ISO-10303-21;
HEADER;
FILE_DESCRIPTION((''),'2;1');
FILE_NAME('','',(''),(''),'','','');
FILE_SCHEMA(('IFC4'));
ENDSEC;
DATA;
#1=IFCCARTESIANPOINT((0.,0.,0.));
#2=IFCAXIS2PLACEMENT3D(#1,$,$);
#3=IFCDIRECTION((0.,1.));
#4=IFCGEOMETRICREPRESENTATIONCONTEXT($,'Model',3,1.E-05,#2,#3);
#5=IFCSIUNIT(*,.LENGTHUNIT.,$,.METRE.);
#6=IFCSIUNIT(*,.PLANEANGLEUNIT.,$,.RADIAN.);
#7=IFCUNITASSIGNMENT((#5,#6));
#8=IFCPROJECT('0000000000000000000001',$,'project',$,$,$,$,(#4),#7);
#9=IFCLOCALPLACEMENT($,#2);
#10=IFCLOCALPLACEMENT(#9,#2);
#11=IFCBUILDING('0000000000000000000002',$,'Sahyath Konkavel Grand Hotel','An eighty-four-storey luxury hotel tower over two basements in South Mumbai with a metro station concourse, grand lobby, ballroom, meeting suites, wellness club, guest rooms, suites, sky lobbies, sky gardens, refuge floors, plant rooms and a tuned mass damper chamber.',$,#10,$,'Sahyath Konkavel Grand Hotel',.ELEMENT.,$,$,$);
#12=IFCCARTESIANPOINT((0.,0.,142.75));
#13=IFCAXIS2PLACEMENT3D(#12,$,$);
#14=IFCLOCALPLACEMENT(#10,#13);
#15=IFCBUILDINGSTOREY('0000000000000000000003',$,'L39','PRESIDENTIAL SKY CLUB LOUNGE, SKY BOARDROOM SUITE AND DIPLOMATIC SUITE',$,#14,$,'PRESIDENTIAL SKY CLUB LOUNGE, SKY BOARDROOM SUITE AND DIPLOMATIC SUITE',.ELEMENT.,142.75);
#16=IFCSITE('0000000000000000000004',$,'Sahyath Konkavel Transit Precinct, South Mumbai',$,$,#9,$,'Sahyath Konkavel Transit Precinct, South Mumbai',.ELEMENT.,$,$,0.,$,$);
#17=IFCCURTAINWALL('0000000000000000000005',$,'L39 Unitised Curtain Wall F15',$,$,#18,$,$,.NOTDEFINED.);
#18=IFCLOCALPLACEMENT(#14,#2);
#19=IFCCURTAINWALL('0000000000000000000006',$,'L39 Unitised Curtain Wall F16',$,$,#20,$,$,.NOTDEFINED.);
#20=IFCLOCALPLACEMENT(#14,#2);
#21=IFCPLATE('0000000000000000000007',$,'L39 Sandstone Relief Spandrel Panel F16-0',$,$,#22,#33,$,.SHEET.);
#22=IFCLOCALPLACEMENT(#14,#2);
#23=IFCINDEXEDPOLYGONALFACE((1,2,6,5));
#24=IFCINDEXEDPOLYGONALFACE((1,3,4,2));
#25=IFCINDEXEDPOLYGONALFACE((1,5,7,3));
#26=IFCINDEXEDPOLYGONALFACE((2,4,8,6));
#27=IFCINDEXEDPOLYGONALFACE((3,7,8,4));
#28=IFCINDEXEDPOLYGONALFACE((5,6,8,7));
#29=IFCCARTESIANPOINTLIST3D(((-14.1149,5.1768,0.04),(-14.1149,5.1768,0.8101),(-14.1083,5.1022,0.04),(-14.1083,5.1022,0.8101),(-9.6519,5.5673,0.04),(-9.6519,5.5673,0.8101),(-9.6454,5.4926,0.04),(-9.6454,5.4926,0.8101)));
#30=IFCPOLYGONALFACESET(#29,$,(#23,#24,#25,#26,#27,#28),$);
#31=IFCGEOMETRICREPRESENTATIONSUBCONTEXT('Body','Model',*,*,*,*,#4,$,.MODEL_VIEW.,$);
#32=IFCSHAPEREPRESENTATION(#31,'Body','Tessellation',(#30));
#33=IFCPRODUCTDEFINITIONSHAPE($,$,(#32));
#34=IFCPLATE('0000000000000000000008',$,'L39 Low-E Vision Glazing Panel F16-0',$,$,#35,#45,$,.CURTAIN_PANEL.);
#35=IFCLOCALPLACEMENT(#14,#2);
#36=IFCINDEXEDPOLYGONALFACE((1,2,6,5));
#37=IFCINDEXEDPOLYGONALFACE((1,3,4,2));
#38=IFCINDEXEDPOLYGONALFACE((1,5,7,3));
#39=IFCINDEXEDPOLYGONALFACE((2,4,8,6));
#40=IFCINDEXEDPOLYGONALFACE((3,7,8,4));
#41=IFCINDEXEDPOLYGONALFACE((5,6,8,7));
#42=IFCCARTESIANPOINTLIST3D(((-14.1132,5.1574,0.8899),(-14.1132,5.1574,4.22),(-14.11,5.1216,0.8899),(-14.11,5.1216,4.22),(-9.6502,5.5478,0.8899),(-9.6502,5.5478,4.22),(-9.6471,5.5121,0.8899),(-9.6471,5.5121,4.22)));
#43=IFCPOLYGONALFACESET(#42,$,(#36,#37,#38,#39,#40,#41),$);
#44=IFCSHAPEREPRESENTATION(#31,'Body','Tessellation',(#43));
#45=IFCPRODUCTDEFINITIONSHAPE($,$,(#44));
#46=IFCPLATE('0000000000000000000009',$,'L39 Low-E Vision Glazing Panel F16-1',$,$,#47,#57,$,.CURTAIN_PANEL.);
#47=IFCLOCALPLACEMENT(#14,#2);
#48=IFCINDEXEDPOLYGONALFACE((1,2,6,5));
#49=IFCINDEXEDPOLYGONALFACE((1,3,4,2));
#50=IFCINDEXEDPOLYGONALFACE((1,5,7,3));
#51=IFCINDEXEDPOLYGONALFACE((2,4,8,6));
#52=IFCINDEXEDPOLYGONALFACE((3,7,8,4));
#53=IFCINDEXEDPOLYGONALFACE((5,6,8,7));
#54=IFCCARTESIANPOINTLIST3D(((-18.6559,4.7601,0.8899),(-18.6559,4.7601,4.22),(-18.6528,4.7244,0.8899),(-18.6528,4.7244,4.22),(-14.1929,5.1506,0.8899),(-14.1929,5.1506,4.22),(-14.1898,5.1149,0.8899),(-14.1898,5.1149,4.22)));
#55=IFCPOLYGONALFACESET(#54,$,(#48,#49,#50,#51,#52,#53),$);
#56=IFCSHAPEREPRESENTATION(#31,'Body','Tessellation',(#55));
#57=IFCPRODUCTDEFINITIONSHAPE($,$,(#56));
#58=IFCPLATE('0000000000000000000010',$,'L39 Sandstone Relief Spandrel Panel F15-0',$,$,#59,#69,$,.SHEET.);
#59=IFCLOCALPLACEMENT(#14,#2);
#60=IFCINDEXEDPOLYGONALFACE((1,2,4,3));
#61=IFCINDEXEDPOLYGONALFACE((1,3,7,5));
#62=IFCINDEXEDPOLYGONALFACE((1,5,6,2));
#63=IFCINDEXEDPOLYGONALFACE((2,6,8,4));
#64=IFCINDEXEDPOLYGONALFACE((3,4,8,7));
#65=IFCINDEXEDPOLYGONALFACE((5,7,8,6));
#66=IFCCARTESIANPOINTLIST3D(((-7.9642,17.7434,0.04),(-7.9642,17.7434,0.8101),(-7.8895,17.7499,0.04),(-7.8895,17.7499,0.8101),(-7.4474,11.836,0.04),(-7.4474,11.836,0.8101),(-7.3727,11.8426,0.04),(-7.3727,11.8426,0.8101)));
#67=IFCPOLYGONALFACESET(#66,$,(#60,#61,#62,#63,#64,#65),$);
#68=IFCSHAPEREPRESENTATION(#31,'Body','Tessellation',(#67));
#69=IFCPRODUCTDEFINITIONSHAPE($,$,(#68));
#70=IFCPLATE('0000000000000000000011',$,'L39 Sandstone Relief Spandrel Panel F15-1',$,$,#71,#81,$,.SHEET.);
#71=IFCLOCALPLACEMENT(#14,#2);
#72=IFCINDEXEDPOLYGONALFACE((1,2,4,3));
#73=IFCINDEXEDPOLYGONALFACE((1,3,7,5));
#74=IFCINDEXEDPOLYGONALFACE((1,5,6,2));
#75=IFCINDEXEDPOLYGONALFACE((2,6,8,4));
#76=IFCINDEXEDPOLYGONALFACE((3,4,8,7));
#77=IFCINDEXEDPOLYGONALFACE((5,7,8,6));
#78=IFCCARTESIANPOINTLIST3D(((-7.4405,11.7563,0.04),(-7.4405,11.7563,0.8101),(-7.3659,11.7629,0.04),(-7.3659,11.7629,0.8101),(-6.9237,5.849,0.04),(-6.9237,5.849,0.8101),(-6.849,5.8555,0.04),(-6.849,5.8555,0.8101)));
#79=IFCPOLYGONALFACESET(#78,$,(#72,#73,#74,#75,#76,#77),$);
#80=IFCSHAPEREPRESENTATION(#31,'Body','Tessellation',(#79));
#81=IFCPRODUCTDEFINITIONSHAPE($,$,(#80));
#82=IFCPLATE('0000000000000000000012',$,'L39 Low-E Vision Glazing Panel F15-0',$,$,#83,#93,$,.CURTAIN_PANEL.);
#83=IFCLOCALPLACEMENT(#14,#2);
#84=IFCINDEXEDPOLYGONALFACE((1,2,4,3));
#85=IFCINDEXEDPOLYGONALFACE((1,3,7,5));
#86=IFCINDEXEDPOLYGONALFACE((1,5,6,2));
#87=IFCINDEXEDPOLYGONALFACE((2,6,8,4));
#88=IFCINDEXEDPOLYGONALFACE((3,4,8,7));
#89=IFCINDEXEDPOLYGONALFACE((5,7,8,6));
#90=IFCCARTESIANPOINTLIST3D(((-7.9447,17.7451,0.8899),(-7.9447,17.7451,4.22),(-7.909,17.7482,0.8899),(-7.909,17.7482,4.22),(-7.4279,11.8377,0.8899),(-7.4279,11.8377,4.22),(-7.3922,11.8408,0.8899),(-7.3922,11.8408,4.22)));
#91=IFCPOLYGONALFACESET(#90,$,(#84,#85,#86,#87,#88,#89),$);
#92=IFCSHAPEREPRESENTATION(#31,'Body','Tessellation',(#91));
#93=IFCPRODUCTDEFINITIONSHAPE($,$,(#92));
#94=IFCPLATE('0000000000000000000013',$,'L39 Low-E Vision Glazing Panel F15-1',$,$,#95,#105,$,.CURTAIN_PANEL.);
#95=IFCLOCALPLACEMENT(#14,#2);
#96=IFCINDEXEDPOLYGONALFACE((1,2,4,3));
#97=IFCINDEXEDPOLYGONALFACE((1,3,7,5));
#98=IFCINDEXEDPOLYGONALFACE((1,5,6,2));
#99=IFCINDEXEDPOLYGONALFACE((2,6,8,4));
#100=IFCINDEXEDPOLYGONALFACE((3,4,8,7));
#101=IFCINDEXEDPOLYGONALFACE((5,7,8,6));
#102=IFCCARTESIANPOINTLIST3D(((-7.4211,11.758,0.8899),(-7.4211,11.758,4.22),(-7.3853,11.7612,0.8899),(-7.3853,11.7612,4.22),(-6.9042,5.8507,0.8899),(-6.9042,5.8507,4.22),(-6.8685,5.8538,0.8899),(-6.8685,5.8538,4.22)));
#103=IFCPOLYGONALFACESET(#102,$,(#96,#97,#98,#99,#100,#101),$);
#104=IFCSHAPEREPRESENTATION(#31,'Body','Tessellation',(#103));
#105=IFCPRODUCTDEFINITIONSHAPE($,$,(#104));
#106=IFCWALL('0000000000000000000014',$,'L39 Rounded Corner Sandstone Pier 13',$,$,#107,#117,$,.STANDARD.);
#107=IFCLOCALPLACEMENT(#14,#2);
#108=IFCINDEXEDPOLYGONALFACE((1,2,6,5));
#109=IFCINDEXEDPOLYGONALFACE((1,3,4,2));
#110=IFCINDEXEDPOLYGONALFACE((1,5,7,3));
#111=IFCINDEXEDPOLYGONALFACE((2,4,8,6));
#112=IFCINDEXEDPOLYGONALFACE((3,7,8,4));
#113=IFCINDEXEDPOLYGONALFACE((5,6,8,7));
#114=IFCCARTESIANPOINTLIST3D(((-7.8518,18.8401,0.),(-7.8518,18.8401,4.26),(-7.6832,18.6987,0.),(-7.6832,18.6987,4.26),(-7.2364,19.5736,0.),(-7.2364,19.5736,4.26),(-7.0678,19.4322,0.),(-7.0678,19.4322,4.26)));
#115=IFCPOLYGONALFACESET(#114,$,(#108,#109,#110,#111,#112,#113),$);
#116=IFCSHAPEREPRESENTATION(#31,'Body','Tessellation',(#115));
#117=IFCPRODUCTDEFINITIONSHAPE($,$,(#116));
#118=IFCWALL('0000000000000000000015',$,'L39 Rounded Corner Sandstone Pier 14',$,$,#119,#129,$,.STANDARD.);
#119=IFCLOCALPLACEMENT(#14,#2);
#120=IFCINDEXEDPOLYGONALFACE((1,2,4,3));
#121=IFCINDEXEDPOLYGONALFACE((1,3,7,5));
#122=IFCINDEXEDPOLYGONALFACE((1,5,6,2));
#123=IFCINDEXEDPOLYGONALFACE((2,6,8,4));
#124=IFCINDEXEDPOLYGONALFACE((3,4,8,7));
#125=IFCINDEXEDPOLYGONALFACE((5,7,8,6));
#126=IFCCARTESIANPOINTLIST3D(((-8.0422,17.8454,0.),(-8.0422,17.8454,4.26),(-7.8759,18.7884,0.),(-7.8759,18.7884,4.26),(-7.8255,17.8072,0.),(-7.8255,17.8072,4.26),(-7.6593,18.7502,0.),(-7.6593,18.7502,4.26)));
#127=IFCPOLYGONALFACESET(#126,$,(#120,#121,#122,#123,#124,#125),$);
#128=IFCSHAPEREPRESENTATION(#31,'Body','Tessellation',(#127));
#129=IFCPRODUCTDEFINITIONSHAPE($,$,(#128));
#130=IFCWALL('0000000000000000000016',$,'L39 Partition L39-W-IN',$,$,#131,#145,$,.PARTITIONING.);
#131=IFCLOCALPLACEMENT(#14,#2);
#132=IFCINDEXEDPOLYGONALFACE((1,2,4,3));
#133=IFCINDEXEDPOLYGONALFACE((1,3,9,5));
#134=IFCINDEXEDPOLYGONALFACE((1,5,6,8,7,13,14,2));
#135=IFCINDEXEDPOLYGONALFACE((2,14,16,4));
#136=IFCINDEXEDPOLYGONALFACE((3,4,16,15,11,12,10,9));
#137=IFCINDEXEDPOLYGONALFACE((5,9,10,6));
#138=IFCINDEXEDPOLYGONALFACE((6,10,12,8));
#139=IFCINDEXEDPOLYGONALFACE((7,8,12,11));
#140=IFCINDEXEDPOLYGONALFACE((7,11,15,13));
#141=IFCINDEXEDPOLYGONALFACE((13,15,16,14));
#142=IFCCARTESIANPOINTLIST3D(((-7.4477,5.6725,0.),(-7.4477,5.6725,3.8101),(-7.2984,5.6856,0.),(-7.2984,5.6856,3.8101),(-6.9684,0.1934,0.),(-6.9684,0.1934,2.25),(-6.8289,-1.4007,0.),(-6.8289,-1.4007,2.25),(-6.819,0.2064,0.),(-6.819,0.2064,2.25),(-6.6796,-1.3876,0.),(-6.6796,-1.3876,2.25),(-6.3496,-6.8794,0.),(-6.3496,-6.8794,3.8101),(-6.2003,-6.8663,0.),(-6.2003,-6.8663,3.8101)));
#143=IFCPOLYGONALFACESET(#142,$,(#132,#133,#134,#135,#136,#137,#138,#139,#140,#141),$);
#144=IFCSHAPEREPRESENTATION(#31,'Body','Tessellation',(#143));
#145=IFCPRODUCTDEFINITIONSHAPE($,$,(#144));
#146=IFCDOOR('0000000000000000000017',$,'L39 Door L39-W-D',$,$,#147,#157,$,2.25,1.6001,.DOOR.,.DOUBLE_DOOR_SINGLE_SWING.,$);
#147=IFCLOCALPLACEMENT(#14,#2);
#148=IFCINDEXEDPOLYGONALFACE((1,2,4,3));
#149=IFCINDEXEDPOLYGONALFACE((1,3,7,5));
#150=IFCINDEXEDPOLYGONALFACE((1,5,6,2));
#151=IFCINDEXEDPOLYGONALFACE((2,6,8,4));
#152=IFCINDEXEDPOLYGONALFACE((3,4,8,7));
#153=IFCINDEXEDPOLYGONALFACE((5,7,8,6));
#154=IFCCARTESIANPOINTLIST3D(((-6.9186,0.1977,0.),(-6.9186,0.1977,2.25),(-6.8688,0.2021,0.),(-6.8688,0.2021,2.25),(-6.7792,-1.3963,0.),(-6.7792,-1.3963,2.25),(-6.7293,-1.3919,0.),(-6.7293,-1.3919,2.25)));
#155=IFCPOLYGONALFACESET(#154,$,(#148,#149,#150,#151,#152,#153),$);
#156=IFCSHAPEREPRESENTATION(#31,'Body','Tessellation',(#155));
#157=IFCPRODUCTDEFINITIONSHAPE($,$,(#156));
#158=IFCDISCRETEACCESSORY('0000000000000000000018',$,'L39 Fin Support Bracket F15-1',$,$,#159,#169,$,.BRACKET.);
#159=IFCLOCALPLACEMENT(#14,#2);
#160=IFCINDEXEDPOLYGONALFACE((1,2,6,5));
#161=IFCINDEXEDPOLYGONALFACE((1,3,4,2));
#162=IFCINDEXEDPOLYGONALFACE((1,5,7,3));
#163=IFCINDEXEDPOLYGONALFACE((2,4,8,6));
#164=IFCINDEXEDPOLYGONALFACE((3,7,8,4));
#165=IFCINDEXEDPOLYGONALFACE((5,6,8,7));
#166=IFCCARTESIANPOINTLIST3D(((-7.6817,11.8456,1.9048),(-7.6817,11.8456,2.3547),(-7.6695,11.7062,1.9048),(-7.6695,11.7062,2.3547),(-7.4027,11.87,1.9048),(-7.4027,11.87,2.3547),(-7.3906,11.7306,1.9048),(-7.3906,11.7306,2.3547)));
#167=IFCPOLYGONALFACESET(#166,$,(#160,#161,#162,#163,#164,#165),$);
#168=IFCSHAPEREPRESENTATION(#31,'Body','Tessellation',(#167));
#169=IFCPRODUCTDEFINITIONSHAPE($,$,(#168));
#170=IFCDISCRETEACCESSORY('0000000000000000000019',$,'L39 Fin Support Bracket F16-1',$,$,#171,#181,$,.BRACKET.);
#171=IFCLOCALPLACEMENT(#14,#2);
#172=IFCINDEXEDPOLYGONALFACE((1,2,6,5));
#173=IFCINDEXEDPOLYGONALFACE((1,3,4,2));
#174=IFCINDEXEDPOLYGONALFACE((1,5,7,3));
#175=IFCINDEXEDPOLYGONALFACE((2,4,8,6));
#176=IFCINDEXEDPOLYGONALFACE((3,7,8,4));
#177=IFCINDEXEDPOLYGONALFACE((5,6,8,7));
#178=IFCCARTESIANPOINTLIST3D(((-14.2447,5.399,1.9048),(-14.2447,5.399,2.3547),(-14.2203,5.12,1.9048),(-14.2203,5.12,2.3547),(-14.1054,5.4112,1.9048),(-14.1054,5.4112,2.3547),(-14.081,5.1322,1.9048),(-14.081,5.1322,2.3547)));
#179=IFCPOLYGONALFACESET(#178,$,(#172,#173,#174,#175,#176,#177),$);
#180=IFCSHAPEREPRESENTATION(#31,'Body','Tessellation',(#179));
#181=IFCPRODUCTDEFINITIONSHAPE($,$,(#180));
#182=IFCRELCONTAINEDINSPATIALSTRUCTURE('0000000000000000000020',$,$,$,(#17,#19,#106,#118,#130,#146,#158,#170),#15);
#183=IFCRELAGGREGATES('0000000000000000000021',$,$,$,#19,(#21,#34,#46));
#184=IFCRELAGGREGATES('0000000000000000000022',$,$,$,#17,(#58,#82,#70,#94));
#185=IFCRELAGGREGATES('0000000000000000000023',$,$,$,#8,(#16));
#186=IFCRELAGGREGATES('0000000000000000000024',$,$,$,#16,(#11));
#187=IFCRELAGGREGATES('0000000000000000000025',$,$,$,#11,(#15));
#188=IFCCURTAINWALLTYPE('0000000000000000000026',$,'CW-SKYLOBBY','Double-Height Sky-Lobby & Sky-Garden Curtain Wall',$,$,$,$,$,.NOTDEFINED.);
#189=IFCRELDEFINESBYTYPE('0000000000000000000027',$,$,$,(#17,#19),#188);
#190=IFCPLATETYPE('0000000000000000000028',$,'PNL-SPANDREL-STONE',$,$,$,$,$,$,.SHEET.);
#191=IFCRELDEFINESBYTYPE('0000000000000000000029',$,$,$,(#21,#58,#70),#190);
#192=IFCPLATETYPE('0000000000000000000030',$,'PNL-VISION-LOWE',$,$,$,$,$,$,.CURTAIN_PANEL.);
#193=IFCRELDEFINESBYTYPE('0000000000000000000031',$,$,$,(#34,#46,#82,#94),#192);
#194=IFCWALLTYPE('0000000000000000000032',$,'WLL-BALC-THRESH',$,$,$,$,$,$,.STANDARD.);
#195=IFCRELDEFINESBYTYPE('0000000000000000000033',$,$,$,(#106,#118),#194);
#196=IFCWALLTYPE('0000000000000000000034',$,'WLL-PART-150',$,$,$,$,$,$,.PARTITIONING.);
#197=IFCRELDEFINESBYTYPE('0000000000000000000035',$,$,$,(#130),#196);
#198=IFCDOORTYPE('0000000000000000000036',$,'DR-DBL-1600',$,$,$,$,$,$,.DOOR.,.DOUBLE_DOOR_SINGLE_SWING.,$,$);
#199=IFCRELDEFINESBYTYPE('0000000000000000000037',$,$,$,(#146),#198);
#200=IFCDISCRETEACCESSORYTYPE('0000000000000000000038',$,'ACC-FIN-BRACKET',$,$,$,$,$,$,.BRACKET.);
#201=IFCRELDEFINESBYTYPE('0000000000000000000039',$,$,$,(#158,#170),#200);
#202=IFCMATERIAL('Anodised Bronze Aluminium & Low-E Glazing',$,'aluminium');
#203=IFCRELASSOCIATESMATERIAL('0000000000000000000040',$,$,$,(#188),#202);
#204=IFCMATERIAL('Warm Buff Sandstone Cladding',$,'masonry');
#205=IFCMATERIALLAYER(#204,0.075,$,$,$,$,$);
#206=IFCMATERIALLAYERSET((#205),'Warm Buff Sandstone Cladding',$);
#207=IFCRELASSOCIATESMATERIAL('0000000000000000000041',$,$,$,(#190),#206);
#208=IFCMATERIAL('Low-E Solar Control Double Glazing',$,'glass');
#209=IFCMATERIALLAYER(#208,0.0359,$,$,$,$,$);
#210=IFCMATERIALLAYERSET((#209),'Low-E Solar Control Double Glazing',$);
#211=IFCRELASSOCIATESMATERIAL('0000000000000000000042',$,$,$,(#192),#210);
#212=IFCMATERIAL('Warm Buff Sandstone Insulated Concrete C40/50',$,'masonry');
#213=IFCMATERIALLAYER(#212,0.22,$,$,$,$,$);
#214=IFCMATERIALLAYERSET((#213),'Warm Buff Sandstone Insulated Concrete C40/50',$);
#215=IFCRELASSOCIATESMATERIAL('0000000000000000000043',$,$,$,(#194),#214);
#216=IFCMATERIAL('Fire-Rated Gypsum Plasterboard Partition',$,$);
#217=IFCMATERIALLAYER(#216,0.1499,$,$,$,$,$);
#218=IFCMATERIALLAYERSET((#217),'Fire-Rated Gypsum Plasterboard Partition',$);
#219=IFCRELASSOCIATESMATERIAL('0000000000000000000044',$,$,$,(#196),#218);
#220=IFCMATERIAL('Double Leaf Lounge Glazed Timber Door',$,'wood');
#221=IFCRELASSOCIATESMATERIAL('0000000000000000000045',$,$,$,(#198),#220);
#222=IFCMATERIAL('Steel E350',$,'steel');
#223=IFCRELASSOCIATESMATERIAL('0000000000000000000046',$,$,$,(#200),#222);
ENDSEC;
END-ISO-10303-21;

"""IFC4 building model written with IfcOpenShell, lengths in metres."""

from ifc_helpers import new_model, si_unit, direction, frame, frame_2d, origin, origin_2d, place, context, subcontext, project, spatial, rectangle, extrude, source, transform, mapped, material, layer, layer_set, type_object, element, fill, aggregate, save


model = new_model("IFC4")

# Units and contexts
model_context = context("Model", 3, precision=1e-05, world=origin(), true_north=direction((0.0, 1.0)))
body_context = subcontext(model_context, "Body", "Model", "MODEL_VIEW")
ifc_project = project(units=[si_unit("LENGTHUNIT", "METRE"), si_unit("PLANEANGLEUNIT", "RADIAN")], contexts=[model_context])

# Site, building, storey
site_placement = place(None, origin())
site = spatial("IfcSite", under=ifc_project, at=site_placement, Name="Sahyath Konkavel Transit Precinct, South Mumbai", LongName="Sahyath Konkavel Transit Precinct, South Mumbai", CompositionType="ELEMENT", RefElevation=0.0)
building_placement = place(site_placement, origin())
building = spatial("IfcBuilding", under=site, at=building_placement, Name="Sahyath Konkavel Grand Hotel", Description="An eighty-four-storey luxury hotel tower over two basements in South Mumbai with a metro station concourse, grand lobby, ballroom, meeting suites, wellness club, guest rooms, suites, sky lobbies, sky gardens, refuge floors, plant rooms and a tuned mass damper chamber.", LongName="Sahyath Konkavel Grand Hotel", CompositionType="ELEMENT")
storey_placement = place(building_placement, frame((0.0, 0.0, 142.75)))
storey = spatial("IfcBuildingStorey", under=building, at=storey_placement, Name="L39", Description="PRESIDENTIAL SKY CLUB LOUNGE, SKY BOARDROOM SUITE AND DIPLOMATIC SUITE", LongName="PRESIDENTIAL SKY CLUB LOUNGE, SKY BOARDROOM SUITE AND DIPLOMATIC SUITE", CompositionType="ELEMENT", Elevation=142.75)

# Shared definitions
ifc_material_1 = material(Name="Anodised Bronze Aluminium & Low-E Glazing", Category="aluminium")
curtain_wall_type = type_object("IfcCurtainWallType", Name="CW-SKYLOBBY", Description="Double-Height Sky-Lobby & Sky-Garden Curtain Wall", PredefinedType="NOTDEFINED", material=ifc_material_1)

# Curtain walls
curtain_wall_1_placement = place(storey_placement, origin())
curtain_wall_1 = element("IfcCurtainWall", 1, at=curtain_wall_1_placement, inside=storey, type_object=curtain_wall_type, Name="L39 Unitised Curtain Wall F15", PredefinedType="NOTDEFINED")
curtain_wall_2_placement = place(storey_placement, origin())
curtain_wall_2 = element("IfcCurtainWall", 2, at=curtain_wall_2_placement, inside=storey, type_object=curtain_wall_type, Name="L39 Unitised Curtain Wall F16", PredefinedType="NOTDEFINED")

# Plates
ifc_material_2 = material(Name="Warm Buff Sandstone Cladding", Category="masonry")
ifc_layer_1 = layer(ifc_material_2, 0.075)
ifc_layer_set_1 = layer_set([ifc_layer_1], Name="Warm Buff Sandstone Cladding")
plate_type_1 = type_object("IfcPlateType", Name="PNL-SPANDREL-STONE", PredefinedType="SHEET", material=ifc_layer_set_1)
shared_shape_1 = source(origin(), body_context, "Body", "SweptSolid", [
    extrude(rectangle(XDim=4.48, YDim=0.075, at=origin_2d()), origin(), (0.0, 0.0, 1.0), 0.77),
])
plate_1_placement = place(storey_placement, frame((-11.8801, 5.3347, 0.04), z_axis=(0.0, 0.0, 1.0), x_axis=(-0.996195, -0.087156, 0.0)))
plate_1 = element("IfcPlate", 3, at=plate_1_placement, type_object=plate_type_1, Name="L39 Sandstone Relief Spandrel Panel F16-0", PredefinedType="SHEET", context=body_context, shape_type="MappedRepresentation", body=[
    mapped(shared_shape_1, transform((0.0, 0.0, 0.0), scale=1.0)),
])
ifc_material_3 = material(Name="Low-E Solar Control Double Glazing", Category="glass")
ifc_layer_2 = layer(ifc_material_3, 0.0359)
ifc_layer_set_2 = layer_set([ifc_layer_2], Name="Low-E Solar Control Double Glazing")
plate_type_2 = type_object("IfcPlateType", Name="PNL-VISION-LOWE", PredefinedType="CURTAIN_PANEL", material=ifc_layer_set_2)
shared_shape_2 = source(origin(), body_context, "Body", "SweptSolid", [
    extrude(rectangle(XDim=4.48, YDim=0.0359, at=origin_2d()), origin(), (0.0, 0.0, 1.0), 3.3301),
])
plate_2_placement = place(storey_placement, frame((-11.8801, 5.3347, 0.8899), z_axis=(0.0, 0.0, 1.0), x_axis=(-0.996195, -0.087156, 0.0)))
plate_2 = element("IfcPlate", 4, at=plate_2_placement, type_object=plate_type_2, Name="L39 Low-E Vision Glazing Panel F16-0", PredefinedType="CURTAIN_PANEL", context=body_context, shape_type="MappedRepresentation", body=[
    mapped(shared_shape_2, transform((0.0, 0.0, 0.0), scale=1.0)),
])
plate_3_placement = place(storey_placement, frame((-16.4229, 4.9375, 0.8899), z_axis=(0.0, 0.0, 1.0), x_axis=(-0.996195, -0.087156, 0.0)))
plate_3 = element("IfcPlate", 5, at=plate_3_placement, type_object=plate_type_2, Name="L39 Low-E Vision Glazing Panel F16-1", PredefinedType="CURTAIN_PANEL", context=body_context, shape_type="MappedRepresentation", body=[
    mapped(shared_shape_2, transform((0.0, 0.0, 0.0), scale=1.0)),
])
aggregate(curtain_wall_2, [plate_1, plate_2, plate_3])
shared_shape_3 = source(origin(), body_context, "Body", "SweptSolid", [
    extrude(rectangle(XDim=5.9299, YDim=0.075, at=origin_2d()), origin(), (0.0, 0.0, 1.0), 0.77),
])
plate_4_placement = place(storey_placement, frame((-7.6685, 14.793, 0.04), z_axis=(0.0, 0.0, 1.0), x_axis=(0.087156, -0.996195, 0.0)))
plate_4 = element("IfcPlate", 6, at=plate_4_placement, type_object=plate_type_1, Name="L39 Sandstone Relief Spandrel Panel F15-0", PredefinedType="SHEET", context=body_context, shape_type="MappedRepresentation", body=[
    mapped(shared_shape_3, transform((0.0, 0.0, 0.0), scale=1.0)),
])
plate_5_placement = place(storey_placement, frame((-7.1448, 8.8059, 0.04), z_axis=(0.0, 0.0, 1.0), x_axis=(0.087156, -0.996195, 0.0)))
plate_5 = element("IfcPlate", 7, at=plate_5_placement, type_object=plate_type_1, Name="L39 Sandstone Relief Spandrel Panel F15-1", PredefinedType="SHEET", context=body_context, shape_type="MappedRepresentation", body=[
    mapped(shared_shape_3, transform((0.0, 0.0, 0.0), scale=1.0)),
])
shared_shape_4 = source(origin(), body_context, "Body", "SweptSolid", [
    extrude(rectangle(XDim=5.9299, YDim=0.0359, at=origin_2d()), origin(), (0.0, 0.0, 1.0), 3.3301),
])
plate_6_placement = place(storey_placement, frame((-7.6685, 14.793, 0.8899), z_axis=(0.0, 0.0, 1.0), x_axis=(0.087156, -0.996195, 0.0)))
plate_6 = element("IfcPlate", 8, at=plate_6_placement, type_object=plate_type_2, Name="L39 Low-E Vision Glazing Panel F15-0", PredefinedType="CURTAIN_PANEL", context=body_context, shape_type="MappedRepresentation", body=[
    mapped(shared_shape_4, transform((0.0, 0.0, 0.0), scale=1.0)),
])
plate_7_placement = place(storey_placement, frame((-7.1448, 8.8059, 0.8899), z_axis=(0.0, 0.0, 1.0), x_axis=(0.087156, -0.996195, 0.0)))
plate_7 = element("IfcPlate", 9, at=plate_7_placement, type_object=plate_type_2, Name="L39 Low-E Vision Glazing Panel F15-1", PredefinedType="CURTAIN_PANEL", context=body_context, shape_type="MappedRepresentation", body=[
    mapped(shared_shape_4, transform((0.0, 0.0, 0.0), scale=1.0)),
])
aggregate(curtain_wall_1, [plate_4, plate_6, plate_5, plate_7])

# Walls
ifc_material_4 = material(Name="Warm Buff Sandstone Insulated Concrete C40/50", Category="masonry")
ifc_layer_3 = layer(ifc_material_4, 0.22)
ifc_layer_set_3 = layer_set([ifc_layer_3], Name="Warm Buff Sandstone Insulated Concrete C40/50")
wall_type_1 = type_object("IfcWallType", Name="WLL-BALC-THRESH", PredefinedType="STANDARD", material=ifc_layer_set_3)
for number, where, z_axis, x_axis, name in (
    (10, (-7.1521, 19.5029, 0.0), (0.0, 0.0, 1.0), (-0.642714, -0.766107, 0.0), "L39 Rounded Corner Sandstone Pier 13"),
    (11, (-7.7676, 18.7693, 0.0), (0.0, 0.0, 1.0), (-0.173654, -0.984807, 0.0), "L39 Rounded Corner Sandstone Pier 14"),
):
    element("IfcWall", number, at=place(storey_placement, frame(where, z_axis=z_axis, x_axis=x_axis)), inside=storey, type_object=wall_type_1, Name=name, PredefinedType="STANDARD", context=body_context, shape_type="SweptSolid", body=[
        extrude(rectangle(XDim=0.9575, YDim=0.22, at=frame_2d((0.4788, 0.0))), origin(), (0.0, 0.0, 1.0), 4.26),
    ])

# Wall, opening, door
ifc_material_5 = material(Name="Fire-Rated Gypsum Plasterboard Partition")
ifc_layer_4 = layer(ifc_material_5, 0.1499)
ifc_layer_set_4 = layer_set([ifc_layer_4], Name="Fire-Rated Gypsum Plasterboard Partition")
wall_type_2 = type_object("IfcWallType", Name="WLL-PART-150", PredefinedType="PARTITIONING", material=ifc_layer_set_4)
wall_placement = place(storey_placement, frame((-7.373, 5.679, 0.0), z_axis=(0.0, 0.0, 1.0), x_axis=(0.087155, -0.996195, 0.0)))
wall = element("IfcWall", 12, at=wall_placement, inside=storey, type_object=wall_type_2, Name="L39 Partition L39-W-IN", PredefinedType="PARTITIONING", context=body_context, shape_type="SweptSolid", body=[
    extrude(rectangle(XDim=12.5999, YDim=0.1499, at=frame_2d((6.2998, 0.0))), origin(), (0.0, 0.0, 1.0), 3.8101),
])
opening_placement = place(wall_placement, frame((5.5, 0.0, 0.0)))
opening = element("IfcOpeningElement", 13, at=opening_placement, cuts=wall, PredefinedType="OPENING", context=body_context, shape_type="SweptSolid", body=[
    extrude(rectangle(XDim=1.6001, YDim=2.25, at=frame_2d((0.8, 1.125))), frame((0.0, 0.085, 0.0), z_axis=(0.0, -1.0, 0.0), x_axis=(1.0, 0.0, 0.0)), (0.0, 0.0, 1.0), 0.1699),
])
ifc_material_6 = material(Name="Double Leaf Lounge Glazed Timber Door", Category="wood")
door_type = type_object("IfcDoorType", Name="DR-DBL-1600", OperationType="DOUBLE_DOOR_SINGLE_SWING", PredefinedType="DOOR", material=ifc_material_6)
shared_shape_5 = source(origin(), body_context, "Body", "SweptSolid", [
    extrude(rectangle(XDim=1.6001, YDim=0.05, at=origin_2d()), origin(), (0.0, 0.0, 1.0), 2.25),
])
door_placement = place(opening_placement, frame((0.8, 0.0, 0.0)))
door = element("IfcDoor", 14, at=door_placement, inside=storey, type_object=door_type, Name="L39 Door L39-W-D", OperationType="DOUBLE_DOOR_SINGLE_SWING", OverallHeight=2.25, OverallWidth=1.6001, PredefinedType="DOOR", context=body_context, shape_type="MappedRepresentation", body=[
    mapped(shared_shape_5, transform((0.0, 0.0, 0.0), scale=1.0)),
])
fill(opening, door)

# Discrete accessories
ifc_material_7 = material(Name="Steel E350", Category="steel")
discrete_accessory_type = type_object("IfcDiscreteAccessoryType", Name="ACC-FIN-BRACKET", PredefinedType="BRACKET", material=ifc_material_7)
shared_shape_6 = source(origin(), body_context, "Body", "SweptSolid", [
    extrude(rectangle(XDim=0.28, YDim=0.1399, at=origin_2d()), origin(), (0.0, 0.0, 1.0), 0.45),
])
for number, where, z_axis, x_axis, name in (
    (15, (-7.5361, 11.7881, 1.9048), (0.0, 0.0, 1.0), (-0.996195, -0.087156, 0.0), "L39 Fin Support Bracket F15-1"),
    (16, (-14.1628, 5.2656, 1.9048), (0.0, 0.0, 1.0), (-0.087156, 0.996195, 0.0), "L39 Fin Support Bracket F16-1"),
):
    element("IfcDiscreteAccessory", number, at=place(storey_placement, frame(where, z_axis=z_axis, x_axis=x_axis)), inside=storey, type_object=discrete_accessory_type, Name=name, PredefinedType="BRACKET", context=body_context, shape_type="MappedRepresentation", body=[
        mapped(shared_shape_6, transform((0.0, 0.0, 0.0), scale=1.0)),
    ])

save(model, "model.ifc")
